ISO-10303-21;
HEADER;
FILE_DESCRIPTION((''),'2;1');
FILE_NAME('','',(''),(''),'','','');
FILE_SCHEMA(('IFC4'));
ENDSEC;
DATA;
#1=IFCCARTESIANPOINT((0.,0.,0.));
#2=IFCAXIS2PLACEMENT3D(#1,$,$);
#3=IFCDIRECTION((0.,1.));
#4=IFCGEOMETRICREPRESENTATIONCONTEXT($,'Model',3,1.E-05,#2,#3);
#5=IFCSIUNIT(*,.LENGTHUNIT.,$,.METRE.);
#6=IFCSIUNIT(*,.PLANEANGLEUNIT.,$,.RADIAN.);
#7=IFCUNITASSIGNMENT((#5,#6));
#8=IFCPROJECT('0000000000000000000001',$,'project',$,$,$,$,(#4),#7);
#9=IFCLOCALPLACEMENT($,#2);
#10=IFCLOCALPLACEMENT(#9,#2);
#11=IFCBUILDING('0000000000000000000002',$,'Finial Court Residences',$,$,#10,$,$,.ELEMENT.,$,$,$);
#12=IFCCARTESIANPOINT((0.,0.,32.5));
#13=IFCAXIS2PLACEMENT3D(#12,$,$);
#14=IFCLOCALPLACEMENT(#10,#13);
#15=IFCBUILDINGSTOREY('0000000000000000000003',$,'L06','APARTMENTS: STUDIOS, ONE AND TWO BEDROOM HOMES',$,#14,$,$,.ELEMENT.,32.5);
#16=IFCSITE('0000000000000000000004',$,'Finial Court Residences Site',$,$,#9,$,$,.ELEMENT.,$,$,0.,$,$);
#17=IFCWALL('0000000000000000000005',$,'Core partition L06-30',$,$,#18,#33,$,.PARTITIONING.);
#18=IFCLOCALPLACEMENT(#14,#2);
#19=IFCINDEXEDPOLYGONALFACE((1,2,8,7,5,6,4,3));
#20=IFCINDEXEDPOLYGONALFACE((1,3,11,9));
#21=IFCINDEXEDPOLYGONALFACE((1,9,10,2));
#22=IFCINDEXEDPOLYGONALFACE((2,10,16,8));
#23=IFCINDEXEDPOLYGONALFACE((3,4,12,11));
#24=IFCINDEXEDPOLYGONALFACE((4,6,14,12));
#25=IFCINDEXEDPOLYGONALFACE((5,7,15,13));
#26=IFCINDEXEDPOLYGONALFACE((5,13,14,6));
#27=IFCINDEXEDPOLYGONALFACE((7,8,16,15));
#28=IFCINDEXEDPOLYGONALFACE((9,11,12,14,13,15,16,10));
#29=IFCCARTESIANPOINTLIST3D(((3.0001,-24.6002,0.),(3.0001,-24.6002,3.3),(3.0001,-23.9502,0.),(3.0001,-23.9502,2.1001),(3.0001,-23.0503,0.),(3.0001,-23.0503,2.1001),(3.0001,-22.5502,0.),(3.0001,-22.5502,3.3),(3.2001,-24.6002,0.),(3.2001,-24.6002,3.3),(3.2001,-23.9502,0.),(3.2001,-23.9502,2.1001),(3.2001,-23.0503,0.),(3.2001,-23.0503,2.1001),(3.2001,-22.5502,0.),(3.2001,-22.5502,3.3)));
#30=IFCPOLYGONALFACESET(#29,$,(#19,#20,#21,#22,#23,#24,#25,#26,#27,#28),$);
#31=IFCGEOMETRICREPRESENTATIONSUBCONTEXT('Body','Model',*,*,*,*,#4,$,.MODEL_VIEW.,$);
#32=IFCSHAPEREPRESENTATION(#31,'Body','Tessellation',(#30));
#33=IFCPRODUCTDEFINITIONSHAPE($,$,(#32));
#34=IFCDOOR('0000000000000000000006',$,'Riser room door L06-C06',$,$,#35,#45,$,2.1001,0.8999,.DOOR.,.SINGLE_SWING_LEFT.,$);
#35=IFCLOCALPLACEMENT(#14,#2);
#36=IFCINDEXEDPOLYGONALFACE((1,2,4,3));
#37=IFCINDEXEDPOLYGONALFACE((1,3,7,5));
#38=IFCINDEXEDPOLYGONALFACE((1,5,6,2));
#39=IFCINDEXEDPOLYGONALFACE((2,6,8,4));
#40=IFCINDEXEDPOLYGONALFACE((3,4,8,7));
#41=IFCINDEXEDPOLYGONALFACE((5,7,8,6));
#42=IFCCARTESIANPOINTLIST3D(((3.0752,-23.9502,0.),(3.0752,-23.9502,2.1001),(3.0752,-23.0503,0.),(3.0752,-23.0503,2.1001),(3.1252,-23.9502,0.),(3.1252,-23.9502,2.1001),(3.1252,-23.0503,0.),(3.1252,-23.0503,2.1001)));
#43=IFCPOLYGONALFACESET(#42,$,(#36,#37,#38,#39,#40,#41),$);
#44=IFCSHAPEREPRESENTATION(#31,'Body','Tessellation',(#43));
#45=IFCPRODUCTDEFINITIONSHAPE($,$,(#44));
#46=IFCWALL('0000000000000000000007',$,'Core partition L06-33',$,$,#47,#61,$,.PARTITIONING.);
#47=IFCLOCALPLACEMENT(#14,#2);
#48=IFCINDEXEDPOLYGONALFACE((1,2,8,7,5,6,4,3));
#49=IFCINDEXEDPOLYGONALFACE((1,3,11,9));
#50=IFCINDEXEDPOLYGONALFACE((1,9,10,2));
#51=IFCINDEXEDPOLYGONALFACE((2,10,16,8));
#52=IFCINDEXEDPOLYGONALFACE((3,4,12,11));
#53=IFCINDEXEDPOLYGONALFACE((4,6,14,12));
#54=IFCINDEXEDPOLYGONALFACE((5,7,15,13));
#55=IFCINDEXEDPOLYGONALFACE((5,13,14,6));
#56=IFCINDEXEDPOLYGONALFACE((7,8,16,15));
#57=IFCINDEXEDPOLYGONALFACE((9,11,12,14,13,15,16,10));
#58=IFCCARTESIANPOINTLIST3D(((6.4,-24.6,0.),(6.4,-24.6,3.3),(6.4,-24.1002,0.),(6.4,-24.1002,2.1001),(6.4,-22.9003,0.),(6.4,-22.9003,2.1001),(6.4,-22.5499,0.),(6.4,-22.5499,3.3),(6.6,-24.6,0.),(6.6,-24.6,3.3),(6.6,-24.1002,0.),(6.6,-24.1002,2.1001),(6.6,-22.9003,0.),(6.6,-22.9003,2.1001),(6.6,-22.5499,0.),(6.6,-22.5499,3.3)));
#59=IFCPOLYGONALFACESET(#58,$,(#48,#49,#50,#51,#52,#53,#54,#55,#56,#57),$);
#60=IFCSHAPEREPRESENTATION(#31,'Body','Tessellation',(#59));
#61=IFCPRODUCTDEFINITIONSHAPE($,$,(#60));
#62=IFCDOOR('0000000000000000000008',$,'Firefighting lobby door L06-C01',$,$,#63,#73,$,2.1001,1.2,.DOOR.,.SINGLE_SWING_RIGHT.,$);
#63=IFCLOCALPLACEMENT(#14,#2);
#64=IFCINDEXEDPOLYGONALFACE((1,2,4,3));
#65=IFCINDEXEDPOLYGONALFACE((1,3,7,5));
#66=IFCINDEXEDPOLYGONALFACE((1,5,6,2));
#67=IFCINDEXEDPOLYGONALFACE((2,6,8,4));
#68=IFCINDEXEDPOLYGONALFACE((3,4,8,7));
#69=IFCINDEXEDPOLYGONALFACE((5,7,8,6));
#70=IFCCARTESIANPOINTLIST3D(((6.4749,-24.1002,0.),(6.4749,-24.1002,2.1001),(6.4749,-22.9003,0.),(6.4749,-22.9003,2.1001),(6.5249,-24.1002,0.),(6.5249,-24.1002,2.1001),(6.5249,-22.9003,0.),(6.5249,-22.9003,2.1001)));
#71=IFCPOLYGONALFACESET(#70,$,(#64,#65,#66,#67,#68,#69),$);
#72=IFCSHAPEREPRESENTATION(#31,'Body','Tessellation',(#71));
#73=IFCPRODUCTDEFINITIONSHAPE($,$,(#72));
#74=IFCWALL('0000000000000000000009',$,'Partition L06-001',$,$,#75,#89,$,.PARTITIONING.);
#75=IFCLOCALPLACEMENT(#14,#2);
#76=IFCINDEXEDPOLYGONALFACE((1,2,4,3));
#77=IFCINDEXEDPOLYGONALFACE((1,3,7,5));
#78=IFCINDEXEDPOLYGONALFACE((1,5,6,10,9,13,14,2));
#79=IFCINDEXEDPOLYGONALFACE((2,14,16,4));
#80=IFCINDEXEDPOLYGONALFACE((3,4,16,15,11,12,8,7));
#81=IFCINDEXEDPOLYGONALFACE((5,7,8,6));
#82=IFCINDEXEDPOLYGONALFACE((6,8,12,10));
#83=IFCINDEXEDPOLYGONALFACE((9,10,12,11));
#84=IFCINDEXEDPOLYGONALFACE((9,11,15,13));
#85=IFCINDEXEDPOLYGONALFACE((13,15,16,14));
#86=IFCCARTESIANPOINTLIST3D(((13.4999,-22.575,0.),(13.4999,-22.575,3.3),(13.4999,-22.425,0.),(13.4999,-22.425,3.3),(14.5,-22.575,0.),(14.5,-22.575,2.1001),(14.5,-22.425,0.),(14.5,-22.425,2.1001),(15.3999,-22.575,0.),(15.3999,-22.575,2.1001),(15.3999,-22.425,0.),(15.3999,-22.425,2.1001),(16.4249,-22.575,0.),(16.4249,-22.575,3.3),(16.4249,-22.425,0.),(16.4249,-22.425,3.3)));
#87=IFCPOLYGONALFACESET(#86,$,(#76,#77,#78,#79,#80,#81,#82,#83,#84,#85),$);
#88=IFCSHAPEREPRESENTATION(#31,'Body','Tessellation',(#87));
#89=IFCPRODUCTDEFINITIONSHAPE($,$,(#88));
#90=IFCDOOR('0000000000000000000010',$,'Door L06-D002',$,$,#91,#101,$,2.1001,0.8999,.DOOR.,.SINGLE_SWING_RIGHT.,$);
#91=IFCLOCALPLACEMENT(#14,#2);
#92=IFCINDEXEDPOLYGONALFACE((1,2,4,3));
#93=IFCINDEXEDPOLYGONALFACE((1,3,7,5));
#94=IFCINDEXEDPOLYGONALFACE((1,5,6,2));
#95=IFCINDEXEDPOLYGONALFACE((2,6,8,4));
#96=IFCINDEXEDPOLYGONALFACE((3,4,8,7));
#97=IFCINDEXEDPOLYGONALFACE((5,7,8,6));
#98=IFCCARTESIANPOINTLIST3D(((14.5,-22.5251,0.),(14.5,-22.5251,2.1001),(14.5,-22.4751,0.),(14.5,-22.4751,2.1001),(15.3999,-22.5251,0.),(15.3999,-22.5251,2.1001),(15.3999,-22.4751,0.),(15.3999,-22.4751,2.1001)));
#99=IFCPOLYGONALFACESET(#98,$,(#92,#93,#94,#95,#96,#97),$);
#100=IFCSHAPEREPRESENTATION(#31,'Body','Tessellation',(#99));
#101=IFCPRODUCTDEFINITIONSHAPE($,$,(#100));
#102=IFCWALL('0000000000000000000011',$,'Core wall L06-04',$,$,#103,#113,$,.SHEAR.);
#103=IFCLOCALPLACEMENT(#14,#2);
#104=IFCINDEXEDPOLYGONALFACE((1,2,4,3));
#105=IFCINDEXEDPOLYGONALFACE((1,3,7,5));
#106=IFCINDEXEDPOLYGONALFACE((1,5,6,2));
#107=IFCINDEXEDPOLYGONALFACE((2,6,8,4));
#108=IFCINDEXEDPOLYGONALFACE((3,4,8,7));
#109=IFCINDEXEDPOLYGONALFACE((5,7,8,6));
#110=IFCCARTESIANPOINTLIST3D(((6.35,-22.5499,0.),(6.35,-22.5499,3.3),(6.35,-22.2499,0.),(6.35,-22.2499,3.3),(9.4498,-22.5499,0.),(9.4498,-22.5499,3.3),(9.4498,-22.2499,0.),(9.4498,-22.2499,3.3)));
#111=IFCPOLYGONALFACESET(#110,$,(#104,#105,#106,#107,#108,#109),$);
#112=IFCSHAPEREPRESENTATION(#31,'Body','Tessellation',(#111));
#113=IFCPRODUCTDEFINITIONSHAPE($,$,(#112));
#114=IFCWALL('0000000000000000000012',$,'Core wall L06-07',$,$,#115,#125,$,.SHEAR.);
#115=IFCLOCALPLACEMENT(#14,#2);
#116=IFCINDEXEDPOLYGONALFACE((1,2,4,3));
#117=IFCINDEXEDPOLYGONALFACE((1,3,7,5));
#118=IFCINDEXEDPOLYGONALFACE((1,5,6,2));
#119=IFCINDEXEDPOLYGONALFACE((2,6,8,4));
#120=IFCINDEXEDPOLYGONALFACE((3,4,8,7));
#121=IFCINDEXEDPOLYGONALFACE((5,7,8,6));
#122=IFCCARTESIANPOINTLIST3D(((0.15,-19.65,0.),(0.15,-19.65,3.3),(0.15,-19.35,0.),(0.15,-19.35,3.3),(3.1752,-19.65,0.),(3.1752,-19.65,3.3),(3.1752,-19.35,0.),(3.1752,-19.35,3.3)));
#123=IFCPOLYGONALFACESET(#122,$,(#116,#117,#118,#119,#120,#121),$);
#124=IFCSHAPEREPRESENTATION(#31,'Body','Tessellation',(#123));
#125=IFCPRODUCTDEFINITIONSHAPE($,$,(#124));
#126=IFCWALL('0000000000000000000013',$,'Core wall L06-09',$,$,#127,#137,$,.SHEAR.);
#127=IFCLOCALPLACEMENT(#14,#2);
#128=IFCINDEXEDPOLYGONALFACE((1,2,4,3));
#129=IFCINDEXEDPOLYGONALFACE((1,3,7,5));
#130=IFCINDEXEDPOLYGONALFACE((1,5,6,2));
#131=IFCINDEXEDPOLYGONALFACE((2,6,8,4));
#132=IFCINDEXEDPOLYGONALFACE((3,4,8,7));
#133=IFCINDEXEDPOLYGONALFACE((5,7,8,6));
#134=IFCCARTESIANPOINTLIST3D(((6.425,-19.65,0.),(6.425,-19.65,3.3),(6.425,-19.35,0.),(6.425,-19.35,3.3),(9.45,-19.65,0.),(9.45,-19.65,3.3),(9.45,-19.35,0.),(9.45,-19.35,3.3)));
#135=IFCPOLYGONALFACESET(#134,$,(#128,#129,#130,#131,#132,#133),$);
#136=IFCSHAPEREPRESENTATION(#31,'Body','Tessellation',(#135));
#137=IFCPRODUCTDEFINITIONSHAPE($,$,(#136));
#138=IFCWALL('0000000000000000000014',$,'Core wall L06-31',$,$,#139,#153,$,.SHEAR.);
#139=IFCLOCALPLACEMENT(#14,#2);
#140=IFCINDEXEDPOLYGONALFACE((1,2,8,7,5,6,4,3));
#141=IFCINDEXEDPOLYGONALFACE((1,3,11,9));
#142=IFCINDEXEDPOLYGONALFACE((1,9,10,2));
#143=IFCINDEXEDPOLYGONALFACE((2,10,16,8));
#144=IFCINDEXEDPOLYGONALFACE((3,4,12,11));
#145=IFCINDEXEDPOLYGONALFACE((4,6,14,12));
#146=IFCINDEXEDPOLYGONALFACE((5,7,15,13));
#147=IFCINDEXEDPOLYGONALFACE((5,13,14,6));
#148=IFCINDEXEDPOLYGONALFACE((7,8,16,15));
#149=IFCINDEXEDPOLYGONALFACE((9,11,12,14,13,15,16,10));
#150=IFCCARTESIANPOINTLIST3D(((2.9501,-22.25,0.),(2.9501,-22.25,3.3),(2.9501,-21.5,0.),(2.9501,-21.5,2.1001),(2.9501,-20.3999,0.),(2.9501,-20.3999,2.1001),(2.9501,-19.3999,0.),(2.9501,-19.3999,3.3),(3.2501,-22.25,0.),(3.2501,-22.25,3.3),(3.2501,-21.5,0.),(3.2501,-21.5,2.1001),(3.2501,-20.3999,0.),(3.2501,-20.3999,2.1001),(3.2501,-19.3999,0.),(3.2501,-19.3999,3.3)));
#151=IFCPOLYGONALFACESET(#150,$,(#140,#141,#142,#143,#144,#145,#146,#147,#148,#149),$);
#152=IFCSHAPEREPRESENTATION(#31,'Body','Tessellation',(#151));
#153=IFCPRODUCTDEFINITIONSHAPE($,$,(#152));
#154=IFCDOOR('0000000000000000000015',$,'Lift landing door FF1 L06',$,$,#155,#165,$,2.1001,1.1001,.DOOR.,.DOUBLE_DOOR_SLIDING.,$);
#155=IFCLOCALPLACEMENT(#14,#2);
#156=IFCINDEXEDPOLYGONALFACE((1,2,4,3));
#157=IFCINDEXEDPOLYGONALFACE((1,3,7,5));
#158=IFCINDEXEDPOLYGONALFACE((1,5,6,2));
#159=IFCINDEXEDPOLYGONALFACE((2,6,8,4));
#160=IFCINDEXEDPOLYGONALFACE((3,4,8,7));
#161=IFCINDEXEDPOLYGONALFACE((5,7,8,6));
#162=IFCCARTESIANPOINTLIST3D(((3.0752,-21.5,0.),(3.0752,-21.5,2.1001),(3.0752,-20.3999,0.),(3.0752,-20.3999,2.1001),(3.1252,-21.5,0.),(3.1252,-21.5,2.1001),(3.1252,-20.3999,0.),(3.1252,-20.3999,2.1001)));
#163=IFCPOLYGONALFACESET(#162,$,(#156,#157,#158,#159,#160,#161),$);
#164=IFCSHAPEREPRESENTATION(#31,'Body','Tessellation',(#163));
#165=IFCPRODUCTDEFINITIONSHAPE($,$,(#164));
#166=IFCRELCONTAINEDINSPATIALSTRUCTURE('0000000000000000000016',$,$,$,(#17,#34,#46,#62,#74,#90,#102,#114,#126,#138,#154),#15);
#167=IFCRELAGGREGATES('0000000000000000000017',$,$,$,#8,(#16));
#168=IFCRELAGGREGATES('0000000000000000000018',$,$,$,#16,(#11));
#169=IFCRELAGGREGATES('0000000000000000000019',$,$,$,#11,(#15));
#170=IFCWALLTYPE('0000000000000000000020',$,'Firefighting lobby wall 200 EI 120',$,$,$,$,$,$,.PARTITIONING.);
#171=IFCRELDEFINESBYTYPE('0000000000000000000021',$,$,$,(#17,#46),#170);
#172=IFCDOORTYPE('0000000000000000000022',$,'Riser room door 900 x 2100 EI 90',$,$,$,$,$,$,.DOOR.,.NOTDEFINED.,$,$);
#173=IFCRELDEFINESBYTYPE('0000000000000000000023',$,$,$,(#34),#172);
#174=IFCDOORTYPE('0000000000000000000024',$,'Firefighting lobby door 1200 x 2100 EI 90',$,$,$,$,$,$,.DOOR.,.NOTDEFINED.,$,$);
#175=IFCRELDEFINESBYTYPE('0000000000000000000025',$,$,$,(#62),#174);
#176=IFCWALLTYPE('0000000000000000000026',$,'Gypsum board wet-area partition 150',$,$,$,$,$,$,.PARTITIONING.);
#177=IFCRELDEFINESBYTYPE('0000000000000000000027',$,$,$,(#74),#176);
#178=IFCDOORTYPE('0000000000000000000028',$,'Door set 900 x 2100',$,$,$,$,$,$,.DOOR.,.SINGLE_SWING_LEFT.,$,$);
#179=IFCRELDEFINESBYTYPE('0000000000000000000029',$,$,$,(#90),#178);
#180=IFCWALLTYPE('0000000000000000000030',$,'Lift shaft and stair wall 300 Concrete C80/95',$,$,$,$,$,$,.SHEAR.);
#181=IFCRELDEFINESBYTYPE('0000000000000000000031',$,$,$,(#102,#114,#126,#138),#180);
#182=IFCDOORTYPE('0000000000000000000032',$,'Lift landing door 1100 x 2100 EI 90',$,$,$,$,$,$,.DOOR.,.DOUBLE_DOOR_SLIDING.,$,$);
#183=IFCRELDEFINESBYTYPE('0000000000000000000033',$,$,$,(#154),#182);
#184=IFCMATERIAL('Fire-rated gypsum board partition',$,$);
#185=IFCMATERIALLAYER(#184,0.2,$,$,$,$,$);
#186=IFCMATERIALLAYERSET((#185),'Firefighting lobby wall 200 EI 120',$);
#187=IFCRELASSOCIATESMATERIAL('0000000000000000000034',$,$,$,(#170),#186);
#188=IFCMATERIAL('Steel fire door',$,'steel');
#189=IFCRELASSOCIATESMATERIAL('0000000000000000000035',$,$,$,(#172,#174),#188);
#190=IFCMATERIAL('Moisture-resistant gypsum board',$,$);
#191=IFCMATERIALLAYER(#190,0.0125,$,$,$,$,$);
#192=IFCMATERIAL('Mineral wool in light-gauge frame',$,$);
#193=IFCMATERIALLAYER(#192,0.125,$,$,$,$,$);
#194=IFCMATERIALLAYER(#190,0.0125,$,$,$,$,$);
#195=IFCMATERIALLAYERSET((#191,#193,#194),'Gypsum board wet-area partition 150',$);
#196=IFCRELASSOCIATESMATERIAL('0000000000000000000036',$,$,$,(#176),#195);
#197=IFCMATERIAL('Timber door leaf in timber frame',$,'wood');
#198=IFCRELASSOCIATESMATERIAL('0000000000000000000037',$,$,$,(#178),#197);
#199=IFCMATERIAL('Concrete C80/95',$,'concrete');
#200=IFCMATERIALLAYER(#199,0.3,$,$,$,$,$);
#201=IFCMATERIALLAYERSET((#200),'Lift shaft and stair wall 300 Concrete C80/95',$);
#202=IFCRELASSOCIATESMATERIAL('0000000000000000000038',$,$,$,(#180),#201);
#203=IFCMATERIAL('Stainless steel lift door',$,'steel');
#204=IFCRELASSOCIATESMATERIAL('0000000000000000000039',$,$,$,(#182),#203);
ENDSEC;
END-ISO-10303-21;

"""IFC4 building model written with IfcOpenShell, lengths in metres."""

from ifc_helpers import new_model, si_unit, direction, frame, frame_2d, origin, place, context, subcontext, project, spatial, rectangle, extrude, material, layer, layer_set, type_object, element, fill, save


model = new_model("IFC4")

# Units and contexts
model_context = context("Model", 3, precision=1e-05, world=origin(), true_north=direction((0.0, 1.0)))
body_context = subcontext(model_context, "Body", "Model", "MODEL_VIEW")
ifc_project = project(units=[si_unit("LENGTHUNIT", "METRE"), si_unit("PLANEANGLEUNIT", "RADIAN")], contexts=[model_context])

# Site, building, storey
site_placement = place(None, origin())
site = spatial("IfcSite", under=ifc_project, at=site_placement, Name="Finial Court Residences Site", CompositionType="ELEMENT", RefElevation=0.0)
building_placement = place(site_placement, origin())
building = spatial("IfcBuilding", under=site, at=building_placement, Name="Finial Court Residences", CompositionType="ELEMENT")
storey_placement = place(building_placement, frame((0.0, 0.0, 32.5)))
storey = spatial("IfcBuildingStorey", under=building, at=storey_placement, Name="L06", Description="APARTMENTS: STUDIOS, ONE AND TWO BEDROOM HOMES", CompositionType="ELEMENT", Elevation=32.5)

# Shared definitions
ifc_material_1 = material(Name="Concrete C80/95", Category="concrete")

# Walls, openings, doors
ifc_material_2 = material(Name="Fire-rated gypsum board partition")
ifc_material_3 = material(Name="Steel fire door", Category="steel")
ifc_layer_1 = layer(ifc_material_2, 0.2)
ifc_layer_set_1 = layer_set([ifc_layer_1], Name="Firefighting lobby wall 200 EI 120")
wall_type_1 = type_object("IfcWallType", Name="Firefighting lobby wall 200 EI 120", PredefinedType="PARTITIONING", material=ifc_layer_set_1)
wall_1_placement = place(storey_placement, frame((3.1001, -24.6001, 0.0), z_axis=(0.0, 0.0, 1.0), x_axis=(0.0, 1.0, 0.0)))
wall_1 = element("IfcWall", 1, at=wall_1_placement, inside=storey, type_object=wall_type_1, Name="Core partition L06-30", PredefinedType="PARTITIONING", context=body_context, shape_type="SweptSolid", body=[
    extrude(rectangle(XDim=2.05, YDim=0.2, at=frame_2d((1.0249, 0.0))), origin(), (0.0, 0.0, 1.0), 3.3),
])
opening_1_placement = place(wall_1_placement, frame((0.6499, 0.0, 0.0)))
opening_1 = element("IfcOpeningElement", 2, at=opening_1_placement, cuts=wall_1, PredefinedType="OPENING", context=body_context, shape_type="SweptSolid", body=[
    extrude(rectangle(XDim=0.8999, YDim=2.1001, at=frame_2d((0.45, 1.05))), frame((0.0, 0.1099, 0.0), z_axis=(0.0, -1.0, 0.0), x_axis=(1.0, 0.0, 0.0)), (0.0, 0.0, 1.0), 0.22),
])
door_type_1 = type_object("IfcDoorType", Name="Riser room door 900 x 2100 EI 90", OperationType="NOTDEFINED", PredefinedType="DOOR", material=ifc_material_3)
door_1_placement = place(opening_1_placement, origin())
door_1 = element("IfcDoor", 3, at=door_1_placement, inside=storey, type_object=door_type_1, Name="Riser room door L06-C06", OperationType="SINGLE_SWING_LEFT", OverallHeight=2.1001, OverallWidth=0.8999, PredefinedType="DOOR", context=body_context, shape_type="SweptSolid", body=[
    extrude(rectangle(XDim=0.8999, YDim=2.1001, at=frame_2d((0.45, 1.05))), frame((0.0, 0.0249, 0.0), z_axis=(0.0, -1.0, 0.0), x_axis=(1.0, 0.0, 0.0)), (0.0, 0.0, 1.0), 0.05),
])
fill(opening_1, door_1)
wall_2_placement = place(storey_placement, frame((6.5, -22.55, 0.0), z_axis=(0.0, 0.0, 1.0), x_axis=(0.0, -1.0, 0.0)))
wall_2 = element("IfcWall", 4, at=wall_2_placement, inside=storey, type_object=wall_type_1, Name="Core partition L06-33", PredefinedType="PARTITIONING", context=body_context, shape_type="SweptSolid", body=[
    extrude(rectangle(XDim=2.05, YDim=0.2, at=frame_2d((1.0249, 0.0))), origin(), (0.0, 0.0, 1.0), 3.3),
])
opening_2_placement = place(wall_2_placement, frame((0.3501, 0.0, 0.0)))
opening_2 = element("IfcOpeningElement", 5, at=opening_2_placement, cuts=wall_2, PredefinedType="OPENING", context=body_context, shape_type="SweptSolid", body=[
    extrude(rectangle(XDim=1.2, YDim=2.1001, at=frame_2d((0.6001, 1.05))), frame((0.0, 0.1099, 0.0), z_axis=(0.0, -1.0, 0.0), x_axis=(1.0, 0.0, 0.0)), (0.0, 0.0, 1.0), 0.22),
])
door_type_2 = type_object("IfcDoorType", Name="Firefighting lobby door 1200 x 2100 EI 90", OperationType="NOTDEFINED", PredefinedType="DOOR", material=ifc_material_3)
door_2_placement = place(opening_2_placement, origin())
door_2 = element("IfcDoor", 6, at=door_2_placement, inside=storey, type_object=door_type_2, Name="Firefighting lobby door L06-C01", OperationType="SINGLE_SWING_RIGHT", OverallHeight=2.1001, OverallWidth=1.2, PredefinedType="DOOR", context=body_context, shape_type="SweptSolid", body=[
    extrude(rectangle(XDim=1.2, YDim=2.1001, at=frame_2d((0.6001, 1.05))), frame((0.0, 0.0249, 0.0), z_axis=(0.0, -1.0, 0.0), x_axis=(1.0, 0.0, 0.0)), (0.0, 0.0, 1.0), 0.05),
])
fill(opening_2, door_2)
ifc_material_4 = material(Name="Moisture-resistant gypsum board")
ifc_layer_2 = layer(ifc_material_4, 0.0125)
ifc_material_5 = material(Name="Mineral wool in light-gauge frame")
ifc_layer_3 = layer(ifc_material_5, 0.125)
ifc_layer_4 = layer(ifc_material_4, 0.0125)
ifc_layer_set_2 = layer_set([ifc_layer_2, ifc_layer_3, ifc_layer_4], Name="Gypsum board wet-area partition 150")
wall_type_2 = type_object("IfcWallType", Name="Gypsum board wet-area partition 150", PredefinedType="PARTITIONING", material=ifc_layer_set_2)
wall_3_placement = place(storey_placement, frame((13.5, -22.5, 0.0), z_axis=(0.0, 0.0, 1.0), x_axis=(1.0, 0.0, 0.0)))
wall_3 = element("IfcWall", 7, at=wall_3_placement, inside=storey, type_object=wall_type_2, Name="Partition L06-001", PredefinedType="PARTITIONING", context=body_context, shape_type="SweptSolid", body=[
    extrude(rectangle(XDim=2.925, YDim=0.1499, at=frame_2d((1.4624, 0.0))), origin(), (0.0, 0.0, 1.0), 3.3),
])
opening_3_placement = place(wall_3_placement, frame((1.0, 0.0, 0.0)))
opening_3 = element("IfcOpeningElement", 8, at=opening_3_placement, cuts=wall_3, PredefinedType="OPENING", context=body_context, shape_type="SweptSolid", body=[
    extrude(rectangle(XDim=0.8999, YDim=2.1001, at=frame_2d((0.45, 1.05))), frame((0.0, 0.085, 0.0), z_axis=(0.0, -1.0, 0.0), x_axis=(1.0, 0.0, 0.0)), (0.0, 0.0, 1.0), 0.1699),
])
ifc_material_6 = material(Name="Timber door leaf in timber frame", Category="wood")
door_type_3 = type_object("IfcDoorType", Name="Door set 900 x 2100", OperationType="SINGLE_SWING_LEFT", PredefinedType="DOOR", material=ifc_material_6)
door_3_placement = place(opening_3_placement, origin())
door_3 = element("IfcDoor", 9, at=door_3_placement, inside=storey, type_object=door_type_3, Name="Door L06-D002", OperationType="SINGLE_SWING_RIGHT", OverallHeight=2.1001, OverallWidth=0.8999, PredefinedType="DOOR", context=body_context, shape_type="SweptSolid", body=[
    extrude(rectangle(XDim=0.8999, YDim=2.1001, at=frame_2d((0.45, 1.05))), frame((0.0, 0.0249, 0.0), z_axis=(0.0, -1.0, 0.0), x_axis=(1.0, 0.0, 0.0)), (0.0, 0.0, 1.0), 0.05),
])
fill(opening_3, door_3)

# Walls
ifc_layer_5 = layer(ifc_material_1, 0.3)
ifc_layer_set_3 = layer_set([ifc_layer_5], Name="Lift shaft and stair wall 300 Concrete C80/95")
wall_type_3 = type_object("IfcWallType", Name="Lift shaft and stair wall 300 Concrete C80/95", PredefinedType="SHEAR", material=ifc_layer_set_3)
wall_4_placement = place(storey_placement, frame((6.3501, -22.3999, 0.0), z_axis=(0.0, 0.0, 1.0), x_axis=(1.0, 0.0, 0.0)))
element("IfcWall", 10, at=wall_4_placement, inside=storey, type_object=wall_type_3, Name="Core wall L06-04", PredefinedType="SHEAR", context=body_context, shape_type="SweptSolid", body=[
    extrude(rectangle(XDim=3.0999, YDim=0.3, at=frame_2d((1.5498, 0.0))), origin(), (0.0, 0.0, 1.0), 3.3),
])
wall_5_placement = place(storey_placement, frame((0.1499, -19.5, 0.0), z_axis=(0.0, 0.0, 1.0), x_axis=(1.0, 0.0, 0.0)))
element("IfcWall", 11, at=wall_5_placement, inside=storey, type_object=wall_type_3, Name="Core wall L06-07", PredefinedType="SHEAR", context=body_context, shape_type="SweptSolid", body=[
    extrude(rectangle(XDim=3.0251, YDim=0.3, at=frame_2d((1.5127, 0.0))), origin(), (0.0, 0.0, 1.0), 3.3),
])
wall_6_placement = place(storey_placement, frame((6.425, -19.5, 0.0), z_axis=(0.0, 0.0, 1.0), x_axis=(1.0, 0.0, 0.0)))
element("IfcWall", 12, at=wall_6_placement, inside=storey, type_object=wall_type_3, Name="Core wall L06-09", PredefinedType="SHEAR", context=body_context, shape_type="SweptSolid", body=[
    extrude(rectangle(XDim=3.0249, YDim=0.3, at=frame_2d((1.5125, 0.0))), origin(), (0.0, 0.0, 1.0), 3.3),
])

# Wall, opening, door
wall_7_placement = place(storey_placement, frame((3.1001, -22.25, 0.0), z_axis=(0.0, 0.0, 1.0), x_axis=(0.0, 1.0, 0.0)))
wall_7 = element("IfcWall", 13, at=wall_7_placement, inside=storey, type_object=wall_type_3, Name="Core wall L06-31", PredefinedType="SHEAR", context=body_context, shape_type="SweptSolid", body=[
    extrude(rectangle(XDim=2.8501, YDim=0.3, at=frame_2d((1.425, 0.0))), origin(), (0.0, 0.0, 1.0), 3.3),
])
opening_4_placement = place(wall_7_placement, frame((0.75, 0.0, 0.0)))
opening_4 = element("IfcOpeningElement", 14, at=opening_4_placement, cuts=wall_7, PredefinedType="OPENING", context=body_context, shape_type="SweptSolid", body=[
    extrude(rectangle(XDim=1.1001, YDim=2.1001, at=frame_2d((0.55, 1.05))), frame((0.0, 0.1599, 0.0), z_axis=(0.0, -1.0, 0.0), x_axis=(1.0, 0.0, 0.0)), (0.0, 0.0, 1.0), 0.3201),
])
ifc_material_7 = material(Name="Stainless steel lift door", Category="steel")
door_type_4 = type_object("IfcDoorType", Name="Lift landing door 1100 x 2100 EI 90", OperationType="DOUBLE_DOOR_SLIDING", PredefinedType="DOOR", material=ifc_material_7)
door_4_placement = place(opening_4_placement, origin())
door_4 = element("IfcDoor", 15, at=door_4_placement, inside=storey, type_object=door_type_4, Name="Lift landing door FF1 L06", OperationType="DOUBLE_DOOR_SLIDING", OverallHeight=2.1001, OverallWidth=1.1001, PredefinedType="DOOR", context=body_context, shape_type="SweptSolid", body=[
    extrude(rectangle(XDim=1.1001, YDim=2.1001, at=frame_2d((0.55, 1.05))), frame((0.0, 0.0249, 0.0), z_axis=(0.0, -1.0, 0.0), x_axis=(1.0, 0.0, 0.0)), (0.0, 0.0, 1.0), 0.05),
])
fill(opening_4, door_4)

save(model, "model.ifc")
